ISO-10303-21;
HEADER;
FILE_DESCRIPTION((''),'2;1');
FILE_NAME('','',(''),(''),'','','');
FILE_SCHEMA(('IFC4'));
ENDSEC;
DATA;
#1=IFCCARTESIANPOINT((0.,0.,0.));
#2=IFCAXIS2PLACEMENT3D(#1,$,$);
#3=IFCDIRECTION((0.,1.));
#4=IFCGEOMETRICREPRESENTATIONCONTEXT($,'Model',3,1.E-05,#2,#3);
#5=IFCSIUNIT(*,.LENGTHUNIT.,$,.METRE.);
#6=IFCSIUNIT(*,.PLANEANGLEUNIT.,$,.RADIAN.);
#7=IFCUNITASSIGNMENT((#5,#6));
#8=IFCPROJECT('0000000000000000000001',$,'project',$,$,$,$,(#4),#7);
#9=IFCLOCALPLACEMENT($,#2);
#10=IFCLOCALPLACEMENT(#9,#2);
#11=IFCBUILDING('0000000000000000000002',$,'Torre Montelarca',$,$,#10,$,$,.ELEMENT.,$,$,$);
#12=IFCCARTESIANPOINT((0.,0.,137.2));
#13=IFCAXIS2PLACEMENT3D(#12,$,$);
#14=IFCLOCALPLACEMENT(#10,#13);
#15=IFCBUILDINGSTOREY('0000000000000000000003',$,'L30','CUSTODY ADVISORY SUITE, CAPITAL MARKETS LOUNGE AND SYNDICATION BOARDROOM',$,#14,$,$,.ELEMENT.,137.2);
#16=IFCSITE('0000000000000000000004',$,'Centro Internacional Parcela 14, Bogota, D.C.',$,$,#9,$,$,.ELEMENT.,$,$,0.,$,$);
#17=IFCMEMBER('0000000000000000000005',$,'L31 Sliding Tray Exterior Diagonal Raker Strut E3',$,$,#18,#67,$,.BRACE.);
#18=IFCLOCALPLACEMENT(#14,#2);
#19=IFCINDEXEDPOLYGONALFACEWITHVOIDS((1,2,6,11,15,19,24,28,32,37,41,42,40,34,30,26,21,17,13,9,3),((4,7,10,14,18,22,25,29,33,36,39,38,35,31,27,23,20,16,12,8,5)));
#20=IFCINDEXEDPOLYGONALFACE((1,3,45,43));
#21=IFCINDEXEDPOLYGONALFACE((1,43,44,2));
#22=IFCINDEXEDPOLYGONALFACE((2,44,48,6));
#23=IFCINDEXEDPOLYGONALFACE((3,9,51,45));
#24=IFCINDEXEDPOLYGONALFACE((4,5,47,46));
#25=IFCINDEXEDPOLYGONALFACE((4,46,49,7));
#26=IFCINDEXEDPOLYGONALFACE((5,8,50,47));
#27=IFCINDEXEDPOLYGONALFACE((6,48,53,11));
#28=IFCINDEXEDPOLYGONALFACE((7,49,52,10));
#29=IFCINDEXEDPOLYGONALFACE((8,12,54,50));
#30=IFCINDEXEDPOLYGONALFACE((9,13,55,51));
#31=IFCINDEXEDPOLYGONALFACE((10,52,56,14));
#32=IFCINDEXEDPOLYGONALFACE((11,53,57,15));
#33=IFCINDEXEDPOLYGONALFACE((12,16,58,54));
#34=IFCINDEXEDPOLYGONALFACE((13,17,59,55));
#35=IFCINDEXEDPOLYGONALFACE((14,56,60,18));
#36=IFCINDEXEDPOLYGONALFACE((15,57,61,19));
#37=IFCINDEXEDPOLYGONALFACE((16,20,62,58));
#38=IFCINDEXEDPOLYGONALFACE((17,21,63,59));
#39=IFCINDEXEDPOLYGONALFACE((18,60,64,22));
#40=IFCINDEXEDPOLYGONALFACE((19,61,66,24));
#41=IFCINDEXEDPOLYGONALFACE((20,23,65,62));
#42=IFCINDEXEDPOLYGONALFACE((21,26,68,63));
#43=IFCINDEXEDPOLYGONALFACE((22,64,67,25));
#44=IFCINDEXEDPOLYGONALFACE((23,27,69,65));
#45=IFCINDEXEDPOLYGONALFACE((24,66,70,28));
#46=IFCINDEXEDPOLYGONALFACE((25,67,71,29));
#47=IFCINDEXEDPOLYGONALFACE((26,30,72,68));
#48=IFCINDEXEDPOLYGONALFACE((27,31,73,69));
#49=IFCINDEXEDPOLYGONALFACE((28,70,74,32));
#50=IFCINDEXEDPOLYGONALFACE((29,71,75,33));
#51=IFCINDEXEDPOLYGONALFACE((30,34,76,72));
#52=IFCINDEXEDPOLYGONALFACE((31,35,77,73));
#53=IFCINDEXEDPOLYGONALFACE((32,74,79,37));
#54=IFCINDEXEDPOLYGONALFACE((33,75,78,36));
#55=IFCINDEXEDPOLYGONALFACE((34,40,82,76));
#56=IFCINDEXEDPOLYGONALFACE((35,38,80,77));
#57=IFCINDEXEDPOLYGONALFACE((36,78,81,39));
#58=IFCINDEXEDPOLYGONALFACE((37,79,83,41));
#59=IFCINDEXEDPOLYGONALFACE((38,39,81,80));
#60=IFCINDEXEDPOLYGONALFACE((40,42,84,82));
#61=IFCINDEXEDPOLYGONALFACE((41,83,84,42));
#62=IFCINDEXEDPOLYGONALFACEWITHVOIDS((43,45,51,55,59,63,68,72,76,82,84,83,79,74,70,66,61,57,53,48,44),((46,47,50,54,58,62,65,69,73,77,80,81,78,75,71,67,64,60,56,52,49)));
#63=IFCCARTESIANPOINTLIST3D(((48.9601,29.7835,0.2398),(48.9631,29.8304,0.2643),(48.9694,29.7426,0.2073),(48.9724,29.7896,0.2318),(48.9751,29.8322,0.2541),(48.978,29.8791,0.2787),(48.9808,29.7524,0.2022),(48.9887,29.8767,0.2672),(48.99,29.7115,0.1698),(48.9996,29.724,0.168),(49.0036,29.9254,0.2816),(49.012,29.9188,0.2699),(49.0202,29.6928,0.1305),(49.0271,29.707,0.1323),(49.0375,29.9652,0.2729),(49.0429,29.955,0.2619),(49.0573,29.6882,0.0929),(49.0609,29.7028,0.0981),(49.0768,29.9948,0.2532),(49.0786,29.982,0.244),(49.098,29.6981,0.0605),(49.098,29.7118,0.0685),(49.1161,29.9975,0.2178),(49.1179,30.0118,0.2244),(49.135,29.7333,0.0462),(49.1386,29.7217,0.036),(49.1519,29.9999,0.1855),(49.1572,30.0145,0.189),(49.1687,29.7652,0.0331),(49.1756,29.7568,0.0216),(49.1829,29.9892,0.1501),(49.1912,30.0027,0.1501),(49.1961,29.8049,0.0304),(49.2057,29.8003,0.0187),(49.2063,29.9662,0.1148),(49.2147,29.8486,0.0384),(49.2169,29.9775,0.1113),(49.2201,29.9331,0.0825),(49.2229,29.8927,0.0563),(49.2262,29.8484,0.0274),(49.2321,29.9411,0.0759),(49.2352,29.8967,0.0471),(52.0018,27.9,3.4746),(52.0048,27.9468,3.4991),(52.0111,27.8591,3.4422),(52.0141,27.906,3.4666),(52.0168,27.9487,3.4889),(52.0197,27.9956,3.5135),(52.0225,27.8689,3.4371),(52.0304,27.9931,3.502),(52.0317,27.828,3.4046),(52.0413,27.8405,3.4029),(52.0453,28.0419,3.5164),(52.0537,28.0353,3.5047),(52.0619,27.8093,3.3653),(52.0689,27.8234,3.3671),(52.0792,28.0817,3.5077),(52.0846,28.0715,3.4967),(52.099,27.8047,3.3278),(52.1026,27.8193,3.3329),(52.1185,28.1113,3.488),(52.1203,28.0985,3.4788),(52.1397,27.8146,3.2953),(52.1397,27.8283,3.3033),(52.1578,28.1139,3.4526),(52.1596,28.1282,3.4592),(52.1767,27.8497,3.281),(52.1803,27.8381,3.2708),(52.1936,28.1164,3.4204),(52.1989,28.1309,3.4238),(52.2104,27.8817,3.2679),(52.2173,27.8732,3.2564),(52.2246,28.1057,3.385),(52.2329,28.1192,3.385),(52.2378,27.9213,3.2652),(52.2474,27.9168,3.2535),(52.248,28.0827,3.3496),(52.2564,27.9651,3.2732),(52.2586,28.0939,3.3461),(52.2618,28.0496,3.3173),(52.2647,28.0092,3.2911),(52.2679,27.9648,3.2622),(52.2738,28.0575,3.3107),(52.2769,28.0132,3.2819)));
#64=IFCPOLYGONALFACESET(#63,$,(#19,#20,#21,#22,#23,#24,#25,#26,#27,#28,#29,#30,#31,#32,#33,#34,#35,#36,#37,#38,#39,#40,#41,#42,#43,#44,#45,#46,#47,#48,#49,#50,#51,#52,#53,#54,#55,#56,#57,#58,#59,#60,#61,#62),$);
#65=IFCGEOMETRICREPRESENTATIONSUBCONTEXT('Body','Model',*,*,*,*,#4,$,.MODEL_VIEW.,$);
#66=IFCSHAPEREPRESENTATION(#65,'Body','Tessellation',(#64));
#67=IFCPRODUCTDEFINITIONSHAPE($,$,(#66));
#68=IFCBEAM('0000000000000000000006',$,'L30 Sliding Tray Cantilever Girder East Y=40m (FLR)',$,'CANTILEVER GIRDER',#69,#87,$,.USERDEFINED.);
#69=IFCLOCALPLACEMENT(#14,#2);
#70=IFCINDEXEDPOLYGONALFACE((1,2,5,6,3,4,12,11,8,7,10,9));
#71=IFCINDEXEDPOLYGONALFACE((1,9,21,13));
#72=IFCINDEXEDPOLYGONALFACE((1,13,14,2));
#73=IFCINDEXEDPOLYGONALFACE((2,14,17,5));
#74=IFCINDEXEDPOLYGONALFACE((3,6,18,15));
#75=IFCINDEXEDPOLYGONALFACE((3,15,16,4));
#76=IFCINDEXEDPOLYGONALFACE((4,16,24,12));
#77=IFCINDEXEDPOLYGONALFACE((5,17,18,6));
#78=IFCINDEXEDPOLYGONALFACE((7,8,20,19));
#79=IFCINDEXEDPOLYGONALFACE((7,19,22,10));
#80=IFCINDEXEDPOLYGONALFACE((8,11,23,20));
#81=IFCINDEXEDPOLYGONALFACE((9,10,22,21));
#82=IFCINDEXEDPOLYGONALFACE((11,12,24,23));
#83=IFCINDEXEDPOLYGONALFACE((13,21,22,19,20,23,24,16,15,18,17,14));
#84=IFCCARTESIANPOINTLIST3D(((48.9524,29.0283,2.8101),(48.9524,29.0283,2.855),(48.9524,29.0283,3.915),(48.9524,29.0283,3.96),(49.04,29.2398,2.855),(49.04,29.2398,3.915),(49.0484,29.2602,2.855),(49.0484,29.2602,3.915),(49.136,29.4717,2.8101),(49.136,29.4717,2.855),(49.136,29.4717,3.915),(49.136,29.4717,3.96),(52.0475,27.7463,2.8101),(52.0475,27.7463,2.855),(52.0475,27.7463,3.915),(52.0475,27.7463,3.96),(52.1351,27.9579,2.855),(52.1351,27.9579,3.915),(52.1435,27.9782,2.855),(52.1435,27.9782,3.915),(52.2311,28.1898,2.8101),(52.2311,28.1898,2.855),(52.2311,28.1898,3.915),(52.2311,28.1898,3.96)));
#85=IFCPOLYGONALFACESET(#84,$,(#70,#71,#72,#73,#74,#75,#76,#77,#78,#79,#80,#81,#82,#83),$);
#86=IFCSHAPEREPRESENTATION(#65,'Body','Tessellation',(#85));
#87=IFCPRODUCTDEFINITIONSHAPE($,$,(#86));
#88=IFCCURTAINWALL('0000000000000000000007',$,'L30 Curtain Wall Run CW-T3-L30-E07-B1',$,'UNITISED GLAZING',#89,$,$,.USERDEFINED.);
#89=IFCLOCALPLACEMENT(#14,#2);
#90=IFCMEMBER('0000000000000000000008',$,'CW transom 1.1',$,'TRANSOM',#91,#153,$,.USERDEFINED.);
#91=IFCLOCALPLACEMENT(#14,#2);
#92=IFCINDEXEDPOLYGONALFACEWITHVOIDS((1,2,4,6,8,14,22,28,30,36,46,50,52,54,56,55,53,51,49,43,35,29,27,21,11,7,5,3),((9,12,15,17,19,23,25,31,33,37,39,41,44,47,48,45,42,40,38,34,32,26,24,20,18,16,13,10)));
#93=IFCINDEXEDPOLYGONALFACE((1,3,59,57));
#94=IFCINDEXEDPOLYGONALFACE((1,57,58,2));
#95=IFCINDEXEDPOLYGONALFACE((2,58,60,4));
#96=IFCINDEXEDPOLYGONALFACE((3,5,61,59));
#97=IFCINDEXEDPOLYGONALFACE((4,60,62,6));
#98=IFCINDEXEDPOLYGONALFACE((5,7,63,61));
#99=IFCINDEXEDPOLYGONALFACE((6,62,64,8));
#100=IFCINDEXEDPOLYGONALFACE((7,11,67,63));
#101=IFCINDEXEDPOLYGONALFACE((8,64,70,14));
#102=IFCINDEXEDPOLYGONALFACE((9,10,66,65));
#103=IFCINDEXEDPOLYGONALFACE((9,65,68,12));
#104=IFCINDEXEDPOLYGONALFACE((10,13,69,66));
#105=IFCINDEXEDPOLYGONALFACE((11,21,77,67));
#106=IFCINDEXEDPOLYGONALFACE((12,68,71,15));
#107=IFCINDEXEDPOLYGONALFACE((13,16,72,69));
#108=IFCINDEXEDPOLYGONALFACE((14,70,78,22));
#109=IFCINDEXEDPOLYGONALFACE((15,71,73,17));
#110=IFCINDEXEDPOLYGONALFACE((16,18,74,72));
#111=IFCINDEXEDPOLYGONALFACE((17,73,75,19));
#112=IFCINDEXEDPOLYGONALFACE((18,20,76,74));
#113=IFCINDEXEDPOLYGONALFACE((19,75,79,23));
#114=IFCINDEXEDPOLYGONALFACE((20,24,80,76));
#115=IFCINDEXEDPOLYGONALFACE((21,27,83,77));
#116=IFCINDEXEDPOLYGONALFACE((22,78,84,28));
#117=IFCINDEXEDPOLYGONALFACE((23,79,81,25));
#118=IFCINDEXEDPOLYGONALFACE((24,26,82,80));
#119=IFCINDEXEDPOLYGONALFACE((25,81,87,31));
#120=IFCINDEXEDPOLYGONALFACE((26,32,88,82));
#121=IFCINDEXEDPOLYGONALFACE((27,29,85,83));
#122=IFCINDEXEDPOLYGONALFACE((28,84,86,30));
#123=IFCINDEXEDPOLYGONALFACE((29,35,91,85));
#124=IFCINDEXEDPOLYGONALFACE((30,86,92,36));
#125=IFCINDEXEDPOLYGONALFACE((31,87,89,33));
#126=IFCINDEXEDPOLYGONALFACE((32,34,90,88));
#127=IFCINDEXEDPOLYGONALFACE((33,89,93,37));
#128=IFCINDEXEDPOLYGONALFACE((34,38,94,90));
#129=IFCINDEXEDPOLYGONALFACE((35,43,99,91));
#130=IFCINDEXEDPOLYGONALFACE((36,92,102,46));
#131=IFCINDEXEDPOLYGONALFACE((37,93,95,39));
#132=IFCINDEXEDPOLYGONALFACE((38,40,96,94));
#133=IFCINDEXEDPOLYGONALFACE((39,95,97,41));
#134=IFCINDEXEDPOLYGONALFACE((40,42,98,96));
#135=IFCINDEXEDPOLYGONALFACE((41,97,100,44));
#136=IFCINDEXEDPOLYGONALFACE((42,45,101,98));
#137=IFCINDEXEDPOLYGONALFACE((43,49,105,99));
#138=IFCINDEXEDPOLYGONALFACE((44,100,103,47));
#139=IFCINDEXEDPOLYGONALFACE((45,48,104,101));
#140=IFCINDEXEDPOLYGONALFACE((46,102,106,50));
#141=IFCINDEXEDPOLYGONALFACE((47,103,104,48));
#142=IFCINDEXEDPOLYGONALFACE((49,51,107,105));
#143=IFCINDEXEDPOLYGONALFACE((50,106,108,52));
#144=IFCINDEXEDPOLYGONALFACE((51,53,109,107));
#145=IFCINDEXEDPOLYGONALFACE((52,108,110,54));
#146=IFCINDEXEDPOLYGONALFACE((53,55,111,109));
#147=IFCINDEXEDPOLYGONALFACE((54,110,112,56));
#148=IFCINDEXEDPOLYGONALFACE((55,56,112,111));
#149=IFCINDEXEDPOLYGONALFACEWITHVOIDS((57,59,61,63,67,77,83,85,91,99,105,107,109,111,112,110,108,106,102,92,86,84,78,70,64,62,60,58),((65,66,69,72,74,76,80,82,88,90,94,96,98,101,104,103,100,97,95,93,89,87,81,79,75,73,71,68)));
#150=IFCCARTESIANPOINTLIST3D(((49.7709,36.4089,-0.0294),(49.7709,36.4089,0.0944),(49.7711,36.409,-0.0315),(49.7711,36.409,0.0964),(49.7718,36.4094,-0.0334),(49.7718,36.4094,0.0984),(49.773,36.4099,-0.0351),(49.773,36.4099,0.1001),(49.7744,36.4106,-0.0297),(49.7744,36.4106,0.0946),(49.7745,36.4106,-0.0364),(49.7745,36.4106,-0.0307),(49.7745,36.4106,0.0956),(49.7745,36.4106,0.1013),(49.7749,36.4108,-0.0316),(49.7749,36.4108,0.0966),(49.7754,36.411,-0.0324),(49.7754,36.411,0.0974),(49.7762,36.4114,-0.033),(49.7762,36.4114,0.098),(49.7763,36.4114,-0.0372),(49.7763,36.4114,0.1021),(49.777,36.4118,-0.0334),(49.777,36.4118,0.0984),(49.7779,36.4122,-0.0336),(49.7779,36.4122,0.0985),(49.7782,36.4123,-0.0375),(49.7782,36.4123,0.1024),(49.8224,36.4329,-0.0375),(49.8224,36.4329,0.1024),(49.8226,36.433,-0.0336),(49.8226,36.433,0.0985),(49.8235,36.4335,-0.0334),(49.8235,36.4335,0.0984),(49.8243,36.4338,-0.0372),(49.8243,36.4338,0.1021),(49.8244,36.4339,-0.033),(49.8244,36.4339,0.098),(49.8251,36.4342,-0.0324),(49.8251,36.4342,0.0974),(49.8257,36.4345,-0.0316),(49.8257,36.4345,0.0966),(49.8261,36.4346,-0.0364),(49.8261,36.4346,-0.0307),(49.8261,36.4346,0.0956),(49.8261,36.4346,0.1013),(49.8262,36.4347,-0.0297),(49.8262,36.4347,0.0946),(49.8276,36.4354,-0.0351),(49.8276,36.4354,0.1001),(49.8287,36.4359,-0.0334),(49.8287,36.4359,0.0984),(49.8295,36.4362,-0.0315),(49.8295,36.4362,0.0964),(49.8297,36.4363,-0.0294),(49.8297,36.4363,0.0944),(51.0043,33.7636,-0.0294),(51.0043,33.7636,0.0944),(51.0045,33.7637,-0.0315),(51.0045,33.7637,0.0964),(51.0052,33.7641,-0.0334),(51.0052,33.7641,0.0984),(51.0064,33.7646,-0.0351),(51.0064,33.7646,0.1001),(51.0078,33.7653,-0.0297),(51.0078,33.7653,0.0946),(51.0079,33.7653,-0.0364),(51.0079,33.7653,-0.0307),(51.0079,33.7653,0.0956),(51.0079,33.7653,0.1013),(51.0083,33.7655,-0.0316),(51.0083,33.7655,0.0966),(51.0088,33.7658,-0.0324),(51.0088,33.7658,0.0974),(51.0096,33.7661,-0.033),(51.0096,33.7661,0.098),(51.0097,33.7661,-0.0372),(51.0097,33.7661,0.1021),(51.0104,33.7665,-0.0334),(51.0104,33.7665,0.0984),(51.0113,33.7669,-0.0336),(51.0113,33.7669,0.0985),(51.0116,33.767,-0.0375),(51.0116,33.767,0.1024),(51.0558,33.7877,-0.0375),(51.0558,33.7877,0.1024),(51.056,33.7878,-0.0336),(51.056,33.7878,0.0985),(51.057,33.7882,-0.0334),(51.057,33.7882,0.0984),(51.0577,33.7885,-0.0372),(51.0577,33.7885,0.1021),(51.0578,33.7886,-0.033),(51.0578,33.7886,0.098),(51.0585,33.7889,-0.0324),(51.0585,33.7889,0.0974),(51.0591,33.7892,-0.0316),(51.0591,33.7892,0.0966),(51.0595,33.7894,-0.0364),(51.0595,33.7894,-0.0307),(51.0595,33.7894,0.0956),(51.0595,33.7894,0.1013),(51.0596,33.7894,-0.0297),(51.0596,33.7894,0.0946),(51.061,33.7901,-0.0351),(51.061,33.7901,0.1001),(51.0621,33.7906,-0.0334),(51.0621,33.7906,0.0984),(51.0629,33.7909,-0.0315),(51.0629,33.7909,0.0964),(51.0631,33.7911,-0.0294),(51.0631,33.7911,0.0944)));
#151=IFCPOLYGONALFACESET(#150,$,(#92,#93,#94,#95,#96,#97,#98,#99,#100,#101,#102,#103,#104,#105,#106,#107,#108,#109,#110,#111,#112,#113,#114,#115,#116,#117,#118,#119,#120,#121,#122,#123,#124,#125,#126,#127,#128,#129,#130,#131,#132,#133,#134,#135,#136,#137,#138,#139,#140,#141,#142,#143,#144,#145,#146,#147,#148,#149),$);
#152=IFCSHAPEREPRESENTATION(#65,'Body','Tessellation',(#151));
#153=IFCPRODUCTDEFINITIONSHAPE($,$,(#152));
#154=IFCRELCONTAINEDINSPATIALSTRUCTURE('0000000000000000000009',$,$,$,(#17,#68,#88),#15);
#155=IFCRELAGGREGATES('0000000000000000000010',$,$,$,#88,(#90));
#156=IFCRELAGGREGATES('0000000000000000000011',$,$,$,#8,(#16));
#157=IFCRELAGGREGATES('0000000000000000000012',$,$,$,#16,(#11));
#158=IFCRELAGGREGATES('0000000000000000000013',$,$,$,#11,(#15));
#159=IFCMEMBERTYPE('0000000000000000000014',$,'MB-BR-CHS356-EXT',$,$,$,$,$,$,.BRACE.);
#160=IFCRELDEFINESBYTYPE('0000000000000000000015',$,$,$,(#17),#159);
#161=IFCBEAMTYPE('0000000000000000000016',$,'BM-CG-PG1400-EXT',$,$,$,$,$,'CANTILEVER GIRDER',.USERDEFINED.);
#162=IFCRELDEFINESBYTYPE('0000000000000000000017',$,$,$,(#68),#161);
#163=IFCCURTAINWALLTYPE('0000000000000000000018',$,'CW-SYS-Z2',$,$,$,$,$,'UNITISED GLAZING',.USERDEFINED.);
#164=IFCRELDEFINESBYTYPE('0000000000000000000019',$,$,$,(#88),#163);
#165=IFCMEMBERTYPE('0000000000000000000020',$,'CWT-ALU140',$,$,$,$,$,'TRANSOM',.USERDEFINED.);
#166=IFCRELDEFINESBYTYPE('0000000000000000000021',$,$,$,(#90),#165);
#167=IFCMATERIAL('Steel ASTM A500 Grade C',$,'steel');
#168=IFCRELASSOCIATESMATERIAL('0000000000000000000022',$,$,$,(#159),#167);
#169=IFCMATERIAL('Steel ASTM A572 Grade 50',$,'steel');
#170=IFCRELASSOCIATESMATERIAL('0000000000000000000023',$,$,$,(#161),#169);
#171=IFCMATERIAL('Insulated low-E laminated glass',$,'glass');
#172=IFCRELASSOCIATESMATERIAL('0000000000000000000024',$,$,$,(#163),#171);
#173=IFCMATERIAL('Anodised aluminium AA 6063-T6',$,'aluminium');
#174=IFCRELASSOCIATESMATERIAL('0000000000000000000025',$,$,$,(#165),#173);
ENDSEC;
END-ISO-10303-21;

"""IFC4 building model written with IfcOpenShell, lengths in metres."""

from ifc_helpers import new_model, si_unit, direction, frame, origin, origin_2d, place, context, subcontext, project, spatial, hollow_rectangle, hollow_circle, i_section, extrude, source, transform, mapped, material, material_profile, profile_set, type_object, element, aggregate, save


model = new_model("IFC4")

# Units and contexts
model_context = context("Model", 3, precision=1e-05, world=origin(), true_north=direction((0.0, 1.0)))
body_context = subcontext(model_context, "Body", "Model", "MODEL_VIEW")
ifc_project = project(units=[si_unit("LENGTHUNIT", "METRE"), si_unit("PLANEANGLEUNIT", "RADIAN")], contexts=[model_context])

# Site, building, storey
site_placement = place(None, origin())
site = spatial("IfcSite", under=ifc_project, at=site_placement, Name="Centro Internacional Parcela 14, Bogota, D.C.", CompositionType="ELEMENT", RefElevation=0.0)
building_placement = place(site_placement, origin())
building = spatial("IfcBuilding", under=site, at=building_placement, Name="Torre Montelarca", CompositionType="ELEMENT")
storey_placement = place(building_placement, frame((0.0, 0.0, 137.2)))
storey = spatial("IfcBuildingStorey", under=building, at=storey_placement, Name="L30", Description="CUSTODY ADVISORY SUITE, CAPITAL MARKETS LOUNGE AND SYNDICATION BOARDROOM", CompositionType="ELEMENT", Elevation=137.2)

# Member
ifc_material_1 = material(Name="Steel ASTM A500 Grade C", Category="steel")
ifc_material_profile_1 = material_profile(ifc_material_1, hollow_circle(Radius=0.1777, WallThickness=0.0159, at=origin_2d()), Name="HSS355.6X15.9", Category="steel")
ifc_profile_set_1 = profile_set([ifc_material_profile_1], Name="Steel ASTM A500 Grade C")
member_type_1 = type_object("IfcMemberType", Name="MB-BR-CHS356-EXT", PredefinedType="BRACE", material=ifc_profile_set_1)
shared_shape_1 = source(origin(), body_context, "Body", "SweptSolid", [
    extrude(hollow_circle(Radius=0.1777, WallThickness=0.0159, at=origin_2d()), origin(), (0.0, 0.0, 1.0), 4.8232),
])
member_1_placement = place(storey_placement, frame((49.0977, 29.8516, 0.1501), z_axis=(0.630635, -0.390509, 0.670673), x_axis=(0.526467, 0.850195, 0.0)))
element("IfcMember", 1, at=member_1_placement, inside=storey, type_object=member_type_1, Name="L31 Sliding Tray Exterior Diagonal Raker Strut E3", PredefinedType="BRACE", context=body_context, shape_type="MappedRepresentation", body=[
    mapped(shared_shape_1, transform((0.0, 0.0, 0.0), scale=1.0)),
])

# Beam
ifc_material_2 = material(Name="Steel ASTM A572 Grade 50", Category="steel")
ifc_material_profile_2 = material_profile(ifc_material_2, i_section(OverallWidth=0.48, OverallDepth=1.1499, WebThickness=0.022, FlangeThickness=0.0449, at=origin_2d()), Name="PG1150X480X22X45", Category="steel")
ifc_profile_set_2 = profile_set([ifc_material_profile_2], Name="Steel ASTM A572 Grade 50")
beam_type = type_object("IfcBeamType", Name="BM-CG-PG1400-EXT", ElementType="CANTILEVER GIRDER", PredefinedType="USERDEFINED", material=ifc_profile_set_2)
shared_shape_2 = source(origin(), body_context, "Body", "SweptSolid", [
    extrude(i_section(OverallWidth=0.48, OverallDepth=1.1499, WebThickness=0.022, FlangeThickness=0.0449, at=origin_2d()), origin(), (0.0, 0.0, 1.0), 3.3501),
])
beam_placement = place(storey_placement, frame((49.0442, 29.25, 3.385), z_axis=(0.92389, -0.382659, 0.0), x_axis=(0.382659, 0.92389, 0.0)))
element("IfcBeam", 2, at=beam_placement, inside=storey, type_object=beam_type, Name="L30 Sliding Tray Cantilever Girder East Y=40m (FLR)", ObjectType="CANTILEVER GIRDER", PredefinedType="USERDEFINED", context=body_context, shape_type="MappedRepresentation", body=[
    mapped(shared_shape_2, transform((0.0, 0.0, 0.0), scale=1.0)),
])

# Curtain wall, member
ifc_material_3 = material(Name="Insulated low-E laminated glass", Category="glass")
curtain_wall_type = type_object("IfcCurtainWallType", Name="CW-SYS-Z2", ElementType="UNITISED GLAZING", PredefinedType="USERDEFINED", material=ifc_material_3)
curtain_wall_1_placement = place(storey_placement, origin())
curtain_wall_1 = element("IfcCurtainWall", 3, at=curtain_wall_1_placement, inside=storey, type_object=curtain_wall_type, Name="L30 Curtain Wall Run CW-T3-L30-E07-B1", ObjectType="UNITISED GLAZING", PredefinedType="USERDEFINED")
ifc_material_4 = material(Name="Anodised aluminium AA 6063-T6", Category="aluminium")
ifc_material_profile_3 = material_profile(ifc_material_4, hollow_rectangle(XDim=0.0649, YDim=0.1399, WallThickness=0.0039, InnerFilletRadius=0.0039, OuterFilletRadius=0.0081, at=origin_2d()), Name="ALU65X140X4", Category="aluminium")
ifc_profile_set_3 = profile_set([ifc_material_profile_3], Name="Anodised aluminium AA 6063-T6")
member_type_2 = type_object("IfcMemberType", Name="CWT-ALU140", ElementType="TRANSOM", PredefinedType="USERDEFINED", material=ifc_profile_set_3)
shared_shape_3 = source(origin(), body_context, "Body", "SweptSolid", [
    extrude(hollow_rectangle(XDim=0.0649, YDim=0.1399, WallThickness=0.0039, InnerFilletRadius=0.0039, OuterFilletRadius=0.0081, at=origin_2d()), origin(), (0.0, 0.0, 1.0), 2.9187),
])
member_2_placement = place(storey_placement, frame((51.0337, 33.7773, 0.0325), z_axis=(-0.422588, 0.906322, 0.0), x_axis=(-0.906322, -0.422588, 0.0)))
member_2 = element("IfcMember", 4, at=member_2_placement, type_object=member_type_2, Name="CW transom 1.1", ObjectType="TRANSOM", PredefinedType="USERDEFINED", context=body_context, shape_type="MappedRepresentation", body=[
    mapped(shared_shape_3, transform((0.0, 0.0, 0.0), scale=1.0)),
])

aggregate(curtain_wall_1, [member_2])

save(model, "model.ifc")
